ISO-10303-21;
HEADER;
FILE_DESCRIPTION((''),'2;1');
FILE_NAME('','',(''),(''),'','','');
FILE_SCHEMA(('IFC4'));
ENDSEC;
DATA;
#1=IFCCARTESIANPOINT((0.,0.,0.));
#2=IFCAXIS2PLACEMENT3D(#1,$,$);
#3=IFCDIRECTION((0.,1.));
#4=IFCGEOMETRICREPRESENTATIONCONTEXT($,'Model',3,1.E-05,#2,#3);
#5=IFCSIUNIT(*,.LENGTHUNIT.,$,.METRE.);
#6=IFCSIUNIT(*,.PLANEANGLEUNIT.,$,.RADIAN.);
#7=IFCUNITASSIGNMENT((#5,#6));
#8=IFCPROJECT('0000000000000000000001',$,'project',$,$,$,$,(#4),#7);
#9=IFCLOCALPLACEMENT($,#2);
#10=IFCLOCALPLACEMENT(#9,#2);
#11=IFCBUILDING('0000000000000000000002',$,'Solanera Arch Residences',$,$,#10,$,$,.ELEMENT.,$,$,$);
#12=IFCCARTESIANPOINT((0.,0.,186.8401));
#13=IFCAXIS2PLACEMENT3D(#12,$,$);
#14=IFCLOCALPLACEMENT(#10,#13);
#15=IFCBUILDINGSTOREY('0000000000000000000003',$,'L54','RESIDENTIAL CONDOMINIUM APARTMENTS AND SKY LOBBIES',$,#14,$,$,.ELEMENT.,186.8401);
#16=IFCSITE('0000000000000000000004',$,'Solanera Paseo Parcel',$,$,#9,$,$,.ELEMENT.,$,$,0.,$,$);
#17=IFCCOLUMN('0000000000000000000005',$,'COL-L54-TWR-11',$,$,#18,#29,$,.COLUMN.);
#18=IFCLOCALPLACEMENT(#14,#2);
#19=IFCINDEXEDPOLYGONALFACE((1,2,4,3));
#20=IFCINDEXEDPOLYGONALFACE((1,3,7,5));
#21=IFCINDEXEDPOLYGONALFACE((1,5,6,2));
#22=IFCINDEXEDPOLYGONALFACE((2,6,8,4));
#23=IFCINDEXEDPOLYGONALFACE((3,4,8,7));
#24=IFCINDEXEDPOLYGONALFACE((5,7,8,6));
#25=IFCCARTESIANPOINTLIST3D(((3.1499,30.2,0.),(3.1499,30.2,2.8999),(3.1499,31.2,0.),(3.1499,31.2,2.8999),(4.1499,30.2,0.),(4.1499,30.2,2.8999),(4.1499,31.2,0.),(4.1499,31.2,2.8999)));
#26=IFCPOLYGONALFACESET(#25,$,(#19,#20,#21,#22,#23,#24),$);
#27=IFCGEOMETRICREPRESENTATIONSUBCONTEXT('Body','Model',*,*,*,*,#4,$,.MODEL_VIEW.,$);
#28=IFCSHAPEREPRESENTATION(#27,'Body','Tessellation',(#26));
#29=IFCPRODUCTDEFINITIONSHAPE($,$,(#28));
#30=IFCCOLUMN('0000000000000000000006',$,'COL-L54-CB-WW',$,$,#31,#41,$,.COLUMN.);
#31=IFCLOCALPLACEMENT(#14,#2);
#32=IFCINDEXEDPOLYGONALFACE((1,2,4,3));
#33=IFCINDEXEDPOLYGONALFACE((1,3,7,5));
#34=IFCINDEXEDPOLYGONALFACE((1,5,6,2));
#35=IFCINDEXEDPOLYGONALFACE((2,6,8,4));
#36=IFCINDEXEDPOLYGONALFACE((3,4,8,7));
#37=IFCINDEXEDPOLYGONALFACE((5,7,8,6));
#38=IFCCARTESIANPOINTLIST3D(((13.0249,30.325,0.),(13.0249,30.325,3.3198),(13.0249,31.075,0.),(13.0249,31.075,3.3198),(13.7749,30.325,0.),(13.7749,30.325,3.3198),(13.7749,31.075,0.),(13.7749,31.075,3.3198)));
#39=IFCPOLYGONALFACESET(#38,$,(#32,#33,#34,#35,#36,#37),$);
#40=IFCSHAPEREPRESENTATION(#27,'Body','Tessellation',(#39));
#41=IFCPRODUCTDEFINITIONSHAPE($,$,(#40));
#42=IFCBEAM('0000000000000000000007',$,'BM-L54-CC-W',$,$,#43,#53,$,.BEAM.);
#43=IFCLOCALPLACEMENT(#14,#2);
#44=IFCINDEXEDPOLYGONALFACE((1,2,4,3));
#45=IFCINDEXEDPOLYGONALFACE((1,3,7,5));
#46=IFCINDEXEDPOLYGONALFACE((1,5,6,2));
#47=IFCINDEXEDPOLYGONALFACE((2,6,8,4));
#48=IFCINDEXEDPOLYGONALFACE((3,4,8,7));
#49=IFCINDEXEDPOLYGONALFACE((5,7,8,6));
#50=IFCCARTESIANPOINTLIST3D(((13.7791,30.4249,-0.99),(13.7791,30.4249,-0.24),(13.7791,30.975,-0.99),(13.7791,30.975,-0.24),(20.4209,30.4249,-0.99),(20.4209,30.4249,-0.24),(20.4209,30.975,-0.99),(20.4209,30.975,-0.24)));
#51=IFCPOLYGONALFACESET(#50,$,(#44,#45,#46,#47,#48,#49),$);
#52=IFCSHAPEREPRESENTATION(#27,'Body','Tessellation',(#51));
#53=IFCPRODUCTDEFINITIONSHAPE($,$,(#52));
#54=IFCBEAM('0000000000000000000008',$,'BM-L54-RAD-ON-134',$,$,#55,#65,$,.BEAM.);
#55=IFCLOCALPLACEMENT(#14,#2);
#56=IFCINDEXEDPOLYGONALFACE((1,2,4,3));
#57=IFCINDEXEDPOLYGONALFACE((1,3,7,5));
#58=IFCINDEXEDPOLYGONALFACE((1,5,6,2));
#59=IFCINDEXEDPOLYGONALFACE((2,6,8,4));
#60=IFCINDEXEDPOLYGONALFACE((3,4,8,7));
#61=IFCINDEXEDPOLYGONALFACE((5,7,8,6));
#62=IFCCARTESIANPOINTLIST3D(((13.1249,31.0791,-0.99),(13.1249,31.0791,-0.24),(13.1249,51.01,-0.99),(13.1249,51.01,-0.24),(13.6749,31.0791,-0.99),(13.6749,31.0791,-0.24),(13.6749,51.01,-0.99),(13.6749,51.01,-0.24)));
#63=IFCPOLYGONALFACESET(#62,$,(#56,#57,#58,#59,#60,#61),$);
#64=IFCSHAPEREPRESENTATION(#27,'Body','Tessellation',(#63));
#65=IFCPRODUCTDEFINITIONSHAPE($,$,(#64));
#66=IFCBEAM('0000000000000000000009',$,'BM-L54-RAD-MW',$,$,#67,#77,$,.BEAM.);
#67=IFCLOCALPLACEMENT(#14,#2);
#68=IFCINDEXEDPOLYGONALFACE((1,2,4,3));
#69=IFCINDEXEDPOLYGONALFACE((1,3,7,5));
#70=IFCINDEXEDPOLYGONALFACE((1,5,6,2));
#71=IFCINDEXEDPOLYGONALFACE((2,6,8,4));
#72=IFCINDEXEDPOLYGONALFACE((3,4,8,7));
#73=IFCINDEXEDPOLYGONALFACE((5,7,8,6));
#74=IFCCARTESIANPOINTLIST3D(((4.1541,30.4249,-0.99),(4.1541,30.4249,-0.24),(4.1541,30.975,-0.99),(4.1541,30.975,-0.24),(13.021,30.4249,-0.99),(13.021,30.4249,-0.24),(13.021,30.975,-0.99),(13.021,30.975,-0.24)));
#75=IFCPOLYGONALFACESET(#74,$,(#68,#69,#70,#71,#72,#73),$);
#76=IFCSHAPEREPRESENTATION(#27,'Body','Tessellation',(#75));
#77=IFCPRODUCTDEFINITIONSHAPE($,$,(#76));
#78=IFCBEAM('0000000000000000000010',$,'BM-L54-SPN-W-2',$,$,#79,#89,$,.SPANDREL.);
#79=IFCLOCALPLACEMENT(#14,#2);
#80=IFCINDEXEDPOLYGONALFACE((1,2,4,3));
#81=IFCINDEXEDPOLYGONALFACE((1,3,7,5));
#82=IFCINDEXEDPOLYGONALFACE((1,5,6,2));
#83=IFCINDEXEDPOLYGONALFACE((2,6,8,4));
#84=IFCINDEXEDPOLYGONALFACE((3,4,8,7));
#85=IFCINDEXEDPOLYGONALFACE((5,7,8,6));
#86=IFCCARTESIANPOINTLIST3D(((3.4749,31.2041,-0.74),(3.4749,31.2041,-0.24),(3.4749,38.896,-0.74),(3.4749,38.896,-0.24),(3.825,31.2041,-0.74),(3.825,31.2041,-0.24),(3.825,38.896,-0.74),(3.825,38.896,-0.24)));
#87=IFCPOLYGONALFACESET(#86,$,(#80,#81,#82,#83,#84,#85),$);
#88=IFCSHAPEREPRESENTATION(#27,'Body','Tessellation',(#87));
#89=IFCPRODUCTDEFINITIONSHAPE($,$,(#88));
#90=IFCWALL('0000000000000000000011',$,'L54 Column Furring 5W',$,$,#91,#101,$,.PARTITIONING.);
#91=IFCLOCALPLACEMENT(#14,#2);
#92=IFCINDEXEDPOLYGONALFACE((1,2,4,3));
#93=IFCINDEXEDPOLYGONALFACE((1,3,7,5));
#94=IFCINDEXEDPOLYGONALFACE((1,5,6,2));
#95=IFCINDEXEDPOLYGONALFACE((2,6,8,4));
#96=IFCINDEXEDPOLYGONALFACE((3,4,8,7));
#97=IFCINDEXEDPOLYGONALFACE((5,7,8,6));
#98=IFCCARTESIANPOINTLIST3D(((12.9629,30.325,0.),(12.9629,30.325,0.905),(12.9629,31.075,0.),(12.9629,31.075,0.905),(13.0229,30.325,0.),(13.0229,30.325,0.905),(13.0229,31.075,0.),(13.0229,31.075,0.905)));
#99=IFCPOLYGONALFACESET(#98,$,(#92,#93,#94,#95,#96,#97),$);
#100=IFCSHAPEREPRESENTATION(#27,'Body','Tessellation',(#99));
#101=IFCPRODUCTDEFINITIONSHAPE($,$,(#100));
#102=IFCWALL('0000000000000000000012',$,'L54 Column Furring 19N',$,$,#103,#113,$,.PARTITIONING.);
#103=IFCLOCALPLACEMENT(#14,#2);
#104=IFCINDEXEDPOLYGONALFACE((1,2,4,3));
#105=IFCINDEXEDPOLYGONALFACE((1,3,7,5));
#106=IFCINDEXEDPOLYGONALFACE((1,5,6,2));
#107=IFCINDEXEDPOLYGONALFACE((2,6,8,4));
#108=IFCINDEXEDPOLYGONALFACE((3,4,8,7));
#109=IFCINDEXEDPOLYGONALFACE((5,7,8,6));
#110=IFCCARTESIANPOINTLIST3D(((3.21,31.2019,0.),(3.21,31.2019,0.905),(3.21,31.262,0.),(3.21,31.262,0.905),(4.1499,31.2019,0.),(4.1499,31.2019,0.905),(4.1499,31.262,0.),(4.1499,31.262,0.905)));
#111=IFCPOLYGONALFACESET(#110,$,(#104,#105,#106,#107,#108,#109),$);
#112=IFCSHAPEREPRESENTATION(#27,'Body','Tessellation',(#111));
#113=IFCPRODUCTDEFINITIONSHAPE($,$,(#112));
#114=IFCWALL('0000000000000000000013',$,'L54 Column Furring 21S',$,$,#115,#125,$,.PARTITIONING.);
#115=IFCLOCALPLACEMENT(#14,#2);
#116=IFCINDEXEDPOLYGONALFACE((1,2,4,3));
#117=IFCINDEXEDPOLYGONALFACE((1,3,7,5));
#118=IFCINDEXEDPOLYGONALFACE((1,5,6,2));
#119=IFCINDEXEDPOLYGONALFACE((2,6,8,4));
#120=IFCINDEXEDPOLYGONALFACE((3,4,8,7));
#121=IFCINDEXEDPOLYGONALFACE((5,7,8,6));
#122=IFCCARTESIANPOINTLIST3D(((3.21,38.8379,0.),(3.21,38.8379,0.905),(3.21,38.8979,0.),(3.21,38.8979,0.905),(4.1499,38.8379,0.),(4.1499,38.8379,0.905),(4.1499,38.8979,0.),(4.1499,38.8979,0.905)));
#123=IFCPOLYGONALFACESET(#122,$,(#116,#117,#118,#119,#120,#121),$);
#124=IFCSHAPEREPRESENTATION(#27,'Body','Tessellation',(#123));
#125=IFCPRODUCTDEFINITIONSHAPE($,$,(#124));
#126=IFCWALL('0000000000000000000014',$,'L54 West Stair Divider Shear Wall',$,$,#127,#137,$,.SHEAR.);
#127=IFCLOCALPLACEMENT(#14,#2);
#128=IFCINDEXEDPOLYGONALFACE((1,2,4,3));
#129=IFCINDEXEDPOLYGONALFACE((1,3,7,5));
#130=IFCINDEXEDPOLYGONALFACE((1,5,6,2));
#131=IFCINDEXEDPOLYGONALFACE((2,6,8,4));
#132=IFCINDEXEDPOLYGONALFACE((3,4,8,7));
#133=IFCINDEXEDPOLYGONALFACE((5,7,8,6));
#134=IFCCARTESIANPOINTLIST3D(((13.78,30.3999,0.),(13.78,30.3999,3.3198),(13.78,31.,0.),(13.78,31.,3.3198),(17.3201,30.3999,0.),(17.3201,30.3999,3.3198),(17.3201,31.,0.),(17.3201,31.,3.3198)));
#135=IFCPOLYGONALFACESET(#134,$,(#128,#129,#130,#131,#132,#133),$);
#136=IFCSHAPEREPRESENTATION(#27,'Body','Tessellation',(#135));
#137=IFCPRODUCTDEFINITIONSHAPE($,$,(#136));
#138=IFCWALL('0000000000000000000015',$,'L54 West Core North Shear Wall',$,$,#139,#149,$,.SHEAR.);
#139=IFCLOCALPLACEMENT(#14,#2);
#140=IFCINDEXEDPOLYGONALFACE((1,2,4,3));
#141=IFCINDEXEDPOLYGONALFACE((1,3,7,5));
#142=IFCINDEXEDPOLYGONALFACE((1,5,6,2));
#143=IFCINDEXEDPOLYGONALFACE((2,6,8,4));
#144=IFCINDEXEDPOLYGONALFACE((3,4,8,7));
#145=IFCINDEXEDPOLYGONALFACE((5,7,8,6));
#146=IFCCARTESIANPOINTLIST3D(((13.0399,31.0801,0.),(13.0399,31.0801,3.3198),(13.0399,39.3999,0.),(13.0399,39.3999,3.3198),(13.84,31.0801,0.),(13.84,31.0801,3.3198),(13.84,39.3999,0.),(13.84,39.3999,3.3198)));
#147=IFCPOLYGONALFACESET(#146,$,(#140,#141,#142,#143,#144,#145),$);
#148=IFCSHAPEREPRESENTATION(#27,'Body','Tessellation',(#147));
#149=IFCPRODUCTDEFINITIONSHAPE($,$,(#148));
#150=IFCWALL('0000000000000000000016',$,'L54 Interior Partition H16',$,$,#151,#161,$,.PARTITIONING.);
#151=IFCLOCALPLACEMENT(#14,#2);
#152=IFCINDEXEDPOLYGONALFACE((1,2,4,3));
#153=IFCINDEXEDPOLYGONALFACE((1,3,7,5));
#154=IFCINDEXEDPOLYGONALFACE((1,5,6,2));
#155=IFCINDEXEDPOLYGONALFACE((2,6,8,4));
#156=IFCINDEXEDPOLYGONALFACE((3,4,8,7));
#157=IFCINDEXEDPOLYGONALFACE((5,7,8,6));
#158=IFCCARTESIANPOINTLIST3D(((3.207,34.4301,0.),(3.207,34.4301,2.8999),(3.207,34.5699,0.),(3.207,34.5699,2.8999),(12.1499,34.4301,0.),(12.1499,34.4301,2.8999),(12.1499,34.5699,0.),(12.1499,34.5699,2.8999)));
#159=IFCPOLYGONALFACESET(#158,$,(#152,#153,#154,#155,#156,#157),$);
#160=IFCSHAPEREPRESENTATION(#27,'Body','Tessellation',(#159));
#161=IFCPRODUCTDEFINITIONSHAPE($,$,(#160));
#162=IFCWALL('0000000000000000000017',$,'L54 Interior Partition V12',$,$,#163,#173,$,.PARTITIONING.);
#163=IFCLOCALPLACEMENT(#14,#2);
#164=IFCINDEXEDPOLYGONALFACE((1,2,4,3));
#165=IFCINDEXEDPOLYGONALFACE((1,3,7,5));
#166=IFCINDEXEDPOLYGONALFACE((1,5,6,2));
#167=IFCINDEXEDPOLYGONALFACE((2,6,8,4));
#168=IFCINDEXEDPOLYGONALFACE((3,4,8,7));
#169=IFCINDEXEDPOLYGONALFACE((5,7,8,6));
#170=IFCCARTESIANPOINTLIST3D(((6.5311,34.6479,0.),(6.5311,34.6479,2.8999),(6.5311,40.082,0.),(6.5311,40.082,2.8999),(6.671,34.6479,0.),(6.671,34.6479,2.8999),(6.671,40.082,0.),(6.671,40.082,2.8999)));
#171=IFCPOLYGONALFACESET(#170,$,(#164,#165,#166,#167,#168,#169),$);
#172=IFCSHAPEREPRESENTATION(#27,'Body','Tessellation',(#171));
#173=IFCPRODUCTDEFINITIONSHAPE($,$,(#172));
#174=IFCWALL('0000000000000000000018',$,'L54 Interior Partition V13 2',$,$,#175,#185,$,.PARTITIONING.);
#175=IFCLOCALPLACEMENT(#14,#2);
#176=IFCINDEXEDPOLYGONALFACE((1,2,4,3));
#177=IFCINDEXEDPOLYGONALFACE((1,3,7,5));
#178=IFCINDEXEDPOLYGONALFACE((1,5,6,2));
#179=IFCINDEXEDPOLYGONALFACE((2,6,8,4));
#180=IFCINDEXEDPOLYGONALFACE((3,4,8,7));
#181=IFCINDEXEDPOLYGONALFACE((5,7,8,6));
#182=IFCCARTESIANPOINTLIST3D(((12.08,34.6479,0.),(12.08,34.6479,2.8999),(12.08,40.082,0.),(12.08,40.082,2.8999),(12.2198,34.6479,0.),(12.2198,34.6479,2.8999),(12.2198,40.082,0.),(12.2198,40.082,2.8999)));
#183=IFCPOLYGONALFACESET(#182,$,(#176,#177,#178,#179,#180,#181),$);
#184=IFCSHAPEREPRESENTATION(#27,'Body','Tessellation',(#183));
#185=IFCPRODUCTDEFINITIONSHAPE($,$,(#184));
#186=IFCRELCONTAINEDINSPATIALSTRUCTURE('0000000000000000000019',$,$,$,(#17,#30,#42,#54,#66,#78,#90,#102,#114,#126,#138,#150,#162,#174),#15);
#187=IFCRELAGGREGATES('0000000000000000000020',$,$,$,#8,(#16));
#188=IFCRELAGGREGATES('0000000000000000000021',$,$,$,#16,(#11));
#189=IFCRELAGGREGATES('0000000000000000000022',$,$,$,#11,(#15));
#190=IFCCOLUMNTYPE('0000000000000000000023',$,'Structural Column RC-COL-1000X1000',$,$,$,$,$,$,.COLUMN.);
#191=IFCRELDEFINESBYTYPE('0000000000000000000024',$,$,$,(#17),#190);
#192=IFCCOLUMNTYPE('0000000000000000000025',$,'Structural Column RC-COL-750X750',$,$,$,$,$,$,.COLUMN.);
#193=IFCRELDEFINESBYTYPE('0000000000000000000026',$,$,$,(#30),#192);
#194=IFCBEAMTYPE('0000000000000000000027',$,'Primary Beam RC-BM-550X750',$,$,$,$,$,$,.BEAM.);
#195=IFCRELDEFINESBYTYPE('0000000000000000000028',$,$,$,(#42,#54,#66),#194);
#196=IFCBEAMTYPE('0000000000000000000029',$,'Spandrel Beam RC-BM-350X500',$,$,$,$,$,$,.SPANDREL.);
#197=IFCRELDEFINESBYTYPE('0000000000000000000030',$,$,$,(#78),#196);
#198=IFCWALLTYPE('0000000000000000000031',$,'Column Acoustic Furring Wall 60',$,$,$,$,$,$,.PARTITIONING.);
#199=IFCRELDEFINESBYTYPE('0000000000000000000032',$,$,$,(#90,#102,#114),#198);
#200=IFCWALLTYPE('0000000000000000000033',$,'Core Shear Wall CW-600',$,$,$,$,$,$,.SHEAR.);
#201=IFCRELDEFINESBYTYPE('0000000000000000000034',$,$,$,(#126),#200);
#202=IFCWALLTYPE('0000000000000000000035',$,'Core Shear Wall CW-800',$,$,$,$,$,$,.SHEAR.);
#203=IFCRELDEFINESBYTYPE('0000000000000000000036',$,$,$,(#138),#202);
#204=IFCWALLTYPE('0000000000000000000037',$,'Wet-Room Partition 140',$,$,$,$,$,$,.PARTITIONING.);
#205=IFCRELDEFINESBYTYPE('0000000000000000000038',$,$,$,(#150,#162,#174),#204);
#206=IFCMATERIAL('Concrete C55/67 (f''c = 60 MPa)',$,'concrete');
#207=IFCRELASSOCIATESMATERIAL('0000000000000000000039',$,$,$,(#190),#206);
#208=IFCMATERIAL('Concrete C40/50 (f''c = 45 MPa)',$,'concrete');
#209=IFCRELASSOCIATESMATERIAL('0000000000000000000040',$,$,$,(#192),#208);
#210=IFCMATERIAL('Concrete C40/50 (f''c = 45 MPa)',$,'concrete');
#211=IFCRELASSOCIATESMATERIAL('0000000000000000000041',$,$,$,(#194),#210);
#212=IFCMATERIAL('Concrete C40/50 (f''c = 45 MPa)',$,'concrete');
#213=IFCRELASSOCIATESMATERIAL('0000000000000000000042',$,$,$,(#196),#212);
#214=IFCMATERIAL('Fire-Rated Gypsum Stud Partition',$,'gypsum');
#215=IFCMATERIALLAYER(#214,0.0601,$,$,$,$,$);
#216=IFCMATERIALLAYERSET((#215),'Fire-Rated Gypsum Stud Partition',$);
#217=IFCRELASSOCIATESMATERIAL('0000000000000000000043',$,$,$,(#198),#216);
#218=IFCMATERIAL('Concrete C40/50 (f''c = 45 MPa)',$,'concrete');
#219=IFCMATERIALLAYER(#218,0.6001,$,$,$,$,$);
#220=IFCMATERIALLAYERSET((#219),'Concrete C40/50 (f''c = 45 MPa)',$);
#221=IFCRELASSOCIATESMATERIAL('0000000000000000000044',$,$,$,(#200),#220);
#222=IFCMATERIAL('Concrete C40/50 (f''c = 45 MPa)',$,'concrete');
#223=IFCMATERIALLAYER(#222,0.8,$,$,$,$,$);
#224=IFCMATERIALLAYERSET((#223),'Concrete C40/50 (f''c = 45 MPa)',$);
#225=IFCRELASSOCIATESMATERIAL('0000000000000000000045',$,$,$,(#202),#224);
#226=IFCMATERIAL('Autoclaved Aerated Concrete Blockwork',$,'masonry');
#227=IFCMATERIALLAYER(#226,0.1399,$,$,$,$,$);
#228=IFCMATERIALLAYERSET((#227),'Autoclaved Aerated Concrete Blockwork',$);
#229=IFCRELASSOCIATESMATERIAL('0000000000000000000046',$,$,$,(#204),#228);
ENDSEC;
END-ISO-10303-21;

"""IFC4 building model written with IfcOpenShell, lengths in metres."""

from ifc_helpers import new_model, si_unit, direction, frame, frame_2d, origin, origin_2d, place, context, subcontext, project, spatial, rectangle, extrude, material, layer, layer_set, material_profile, profile_set, type_object, element, save


model = new_model("IFC4")

# Units and contexts
model_context = context("Model", 3, precision=1e-05, world=origin(), true_north=direction((0.0, 1.0)))
body_context = subcontext(model_context, "Body", "Model", "MODEL_VIEW")
ifc_project = project(units=[si_unit("LENGTHUNIT", "METRE"), si_unit("PLANEANGLEUNIT", "RADIAN")], contexts=[model_context])

# Site, building, storey
site_placement = place(None, origin())
site = spatial("IfcSite", under=ifc_project, at=site_placement, Name="Solanera Paseo Parcel", CompositionType="ELEMENT", RefElevation=0.0)
building_placement = place(site_placement, origin())
building = spatial("IfcBuilding", under=site, at=building_placement, Name="Solanera Arch Residences", CompositionType="ELEMENT")
storey_placement = place(building_placement, frame((0.0, 0.0, 186.8401)))
storey = spatial("IfcBuildingStorey", under=building, at=storey_placement, Name="L54", Description="RESIDENTIAL CONDOMINIUM APARTMENTS AND SKY LOBBIES", CompositionType="ELEMENT", Elevation=186.8401)

# Columns
ifc_material_1 = material(Name="Concrete C55/67 (f'c = 60 MPa)", Category="concrete")
ifc_material_profile_1 = material_profile(ifc_material_1, rectangle(XDim=1.0, YDim=1.0, at=origin_2d()))
ifc_profile_set_1 = profile_set([ifc_material_profile_1], Name="Concrete C55/67 (f'c = 60 MPa)")
column_type_1 = type_object("IfcColumnType", Name="Structural Column RC-COL-1000X1000", PredefinedType="COLUMN", material=ifc_profile_set_1)
column_1_placement = place(storey_placement, frame((3.6499, 30.7, 0.0), z_axis=(0.0, 0.0, 1.0), x_axis=(1.0, 0.0, 0.0)))
element("IfcColumn", 1, at=column_1_placement, inside=storey, type_object=column_type_1, Name="COL-L54-TWR-11", PredefinedType="COLUMN", context=body_context, shape_type="SweptSolid", body=[
    extrude(rectangle(XDim=1.0, YDim=1.0, at=origin_2d()), origin(), (0.0, 0.0, 1.0), 2.8999),
])
ifc_material_2 = material(Name="Concrete C40/50 (f'c = 45 MPa)", Category="concrete")
ifc_material_profile_2 = material_profile(ifc_material_2, rectangle(XDim=0.75, YDim=0.75, at=origin_2d()))
ifc_profile_set_2 = profile_set([ifc_material_profile_2], Name="Concrete C40/50 (f'c = 45 MPa)")
column_type_2 = type_object("IfcColumnType", Name="Structural Column RC-COL-750X750", PredefinedType="COLUMN", material=ifc_profile_set_2)
column_2_placement = place(storey_placement, frame((13.3999, 30.7, 0.0), z_axis=(0.0, 0.0, 1.0), x_axis=(1.0, 0.0, 0.0)))
element("IfcColumn", 2, at=column_2_placement, inside=storey, type_object=column_type_2, Name="COL-L54-CB-WW", PredefinedType="COLUMN", context=body_context, shape_type="SweptSolid", body=[
    extrude(rectangle(XDim=0.75, YDim=0.75, at=origin_2d()), origin(), (0.0, 0.0, 1.0), 3.3198),
])

# Beams
ifc_material_3 = material(Name="Concrete C40/50 (f'c = 45 MPa)", Category="concrete")
ifc_material_profile_3 = material_profile(ifc_material_3, rectangle(XDim=0.55, YDim=0.75, at=origin_2d()))
ifc_profile_set_3 = profile_set([ifc_material_profile_3], Name="Concrete C40/50 (f'c = 45 MPa)")
beam_type_1 = type_object("IfcBeamType", Name="Primary Beam RC-BM-550X750", PredefinedType="BEAM", material=ifc_profile_set_3)
beam_1_placement = place(storey_placement, frame((13.7791, 30.7, -0.615), z_axis=(1.0, 0.0, 0.0), x_axis=(0.0, 1.0, 0.0)))
element("IfcBeam", 3, at=beam_1_placement, inside=storey, type_object=beam_type_1, Name="BM-L54-CC-W", PredefinedType="BEAM", context=body_context, shape_type="SweptSolid", body=[
    extrude(rectangle(XDim=0.55, YDim=0.75, at=origin_2d()), origin(), (0.0, 0.0, 1.0), 6.6418),
])
beam_2_placement = place(storey_placement, frame((13.3999, 31.0791, -0.615), z_axis=(0.0, 1.0, 0.0), x_axis=(-1.0, 0.0, 0.0)))
element("IfcBeam", 4, at=beam_2_placement, inside=storey, type_object=beam_type_1, Name="BM-L54-RAD-ON-134", PredefinedType="BEAM", context=body_context, shape_type="SweptSolid", body=[
    extrude(rectangle(XDim=0.55, YDim=0.75, at=origin_2d()), origin(), (0.0, 0.0, 1.0), 19.9309),
])
beam_3_placement = place(storey_placement, frame((4.1541, 30.7, -0.615), z_axis=(1.0, 0.0, 0.0), x_axis=(0.0, 1.0, 0.0)))
element("IfcBeam", 5, at=beam_3_placement, inside=storey, type_object=beam_type_1, Name="BM-L54-RAD-MW", PredefinedType="BEAM", context=body_context, shape_type="SweptSolid", body=[
    extrude(rectangle(XDim=0.55, YDim=0.75, at=origin_2d()), origin(), (0.0, 0.0, 1.0), 8.8669),
])
ifc_material_4 = material(Name="Concrete C40/50 (f'c = 45 MPa)", Category="concrete")
ifc_material_profile_4 = material_profile(ifc_material_4, rectangle(XDim=0.3501, YDim=0.5, at=origin_2d()))
ifc_profile_set_4 = profile_set([ifc_material_profile_4], Name="Concrete C40/50 (f'c = 45 MPa)")
beam_type_2 = type_object("IfcBeamType", Name="Spandrel Beam RC-BM-350X500", PredefinedType="SPANDREL", material=ifc_profile_set_4)
beam_4_placement = place(storey_placement, frame((3.6499, 31.2041, -0.49), z_axis=(0.0, 1.0, 0.0), x_axis=(-1.0, 0.0, 0.0)))
element("IfcBeam", 6, at=beam_4_placement, inside=storey, type_object=beam_type_2, Name="BM-L54-SPN-W-2", PredefinedType="SPANDREL", context=body_context, shape_type="SweptSolid", body=[
    extrude(rectangle(XDim=0.3501, YDim=0.5, at=origin_2d()), origin(), (0.0, 0.0, 1.0), 7.6919),
])

# Walls
ifc_material_5 = material(Name="Fire-Rated Gypsum Stud Partition", Category="gypsum")
ifc_layer_1 = layer(ifc_material_5, 0.0601)
ifc_layer_set_1 = layer_set([ifc_layer_1], Name="Fire-Rated Gypsum Stud Partition")
wall_type_1 = type_object("IfcWallType", Name="Column Acoustic Furring Wall 60", PredefinedType="PARTITIONING", material=ifc_layer_set_1)
wall_1_placement = place(storey_placement, frame((12.9929, 30.325, 0.0), z_axis=(0.0, 0.0, 1.0), x_axis=(0.0, 1.0, 0.0)))
element("IfcWall", 7, at=wall_1_placement, inside=storey, type_object=wall_type_1, Name="L54 Column Furring 5W", PredefinedType="PARTITIONING", context=body_context, shape_type="SweptSolid", body=[
    extrude(rectangle(XDim=0.75, YDim=0.0601, at=frame_2d((0.375, 0.0))), origin(), (0.0, 0.0, 1.0), 0.905),
])
for number, where, z_axis, x_axis, name in (
    (8, (3.21, 31.2319, 0.0), (0.0, 0.0, 1.0), (1.0, 0.0, 0.0), "L54 Column Furring 19N"),
    (9, (3.21, 38.8679, 0.0), (0.0, 0.0, 1.0), (1.0, 0.0, 0.0), "L54 Column Furring 21S"),
):
    element("IfcWall", number, at=place(storey_placement, frame(where, z_axis=z_axis, x_axis=x_axis)), inside=storey, type_object=wall_type_1, Name=name, PredefinedType="PARTITIONING", context=body_context, shape_type="SweptSolid", body=[
        extrude(rectangle(XDim=0.9399, YDim=0.0601, at=frame_2d((0.47, 0.0))), origin(), (0.0, 0.0, 1.0), 0.905),
    ])
ifc_material_6 = material(Name="Concrete C40/50 (f'c = 45 MPa)", Category="concrete")
ifc_layer_2 = layer(ifc_material_6, 0.6001)
ifc_layer_set_2 = layer_set([ifc_layer_2], Name="Concrete C40/50 (f'c = 45 MPa)")
wall_type_2 = type_object("IfcWallType", Name="Core Shear Wall CW-600", PredefinedType="SHEAR", material=ifc_layer_set_2)
wall_2_placement = place(storey_placement, frame((13.78, 30.7, 0.0), z_axis=(0.0, 0.0, 1.0), x_axis=(1.0, 0.0, 0.0)))
element("IfcWall", 10, at=wall_2_placement, inside=storey, type_object=wall_type_2, Name="L54 West Stair Divider Shear Wall", PredefinedType="SHEAR", context=body_context, shape_type="SweptSolid", body=[
    extrude(rectangle(XDim=3.54, YDim=0.6001, at=frame_2d((1.77, 0.0))), origin(), (0.0, 0.0, 1.0), 3.3198),
])
ifc_material_7 = material(Name="Concrete C40/50 (f'c = 45 MPa)", Category="concrete")
ifc_layer_3 = layer(ifc_material_7, 0.8)
ifc_layer_set_3 = layer_set([ifc_layer_3], Name="Concrete C40/50 (f'c = 45 MPa)")
wall_type_3 = type_object("IfcWallType", Name="Core Shear Wall CW-800", PredefinedType="SHEAR", material=ifc_layer_set_3)
wall_3_placement = place(storey_placement, frame((13.4399, 31.0801, 0.0), z_axis=(0.0, 0.0, 1.0), x_axis=(0.0, 1.0, 0.0)))
element("IfcWall", 11, at=wall_3_placement, inside=storey, type_object=wall_type_3, Name="L54 West Core North Shear Wall", PredefinedType="SHEAR", context=body_context, shape_type="SweptSolid", body=[
    extrude(rectangle(XDim=8.3198, YDim=0.8, at=frame_2d((4.1599, 0.0))), origin(), (0.0, 0.0, 1.0), 3.3198),
])
ifc_material_8 = material(Name="Autoclaved Aerated Concrete Blockwork", Category="masonry")
ifc_layer_4 = layer(ifc_material_8, 0.1399)
ifc_layer_set_4 = layer_set([ifc_layer_4], Name="Autoclaved Aerated Concrete Blockwork")
wall_type_4 = type_object("IfcWallType", Name="Wet-Room Partition 140", PredefinedType="PARTITIONING", material=ifc_layer_set_4)
wall_4_placement = place(storey_placement, frame((3.207, 34.5, 0.0), z_axis=(0.0, 0.0, 1.0), x_axis=(1.0, 0.0, 0.0)))
element("IfcWall", 12, at=wall_4_placement, inside=storey, type_object=wall_type_4, Name="L54 Interior Partition H16", PredefinedType="PARTITIONING", context=body_context, shape_type="SweptSolid", body=[
    extrude(rectangle(XDim=8.9429, YDim=0.1399, at=frame_2d((4.4714, 0.0))), origin(), (0.0, 0.0, 1.0), 2.8999),
])
for number, where, z_axis, x_axis, name in (
    (13, (6.6011, 34.6479, 0.0), (0.0, 0.0, 1.0), (0.0, 1.0, 0.0), "L54 Interior Partition V12"),
    (14, (12.1499, 34.6479, 0.0), (0.0, 0.0, 1.0), (0.0, 1.0, 0.0), "L54 Interior Partition V13 2"),
):
    element("IfcWall", number, at=place(storey_placement, frame(where, z_axis=z_axis, x_axis=x_axis)), inside=storey, type_object=wall_type_4, Name=name, PredefinedType="PARTITIONING", context=body_context, shape_type="SweptSolid", body=[
        extrude(rectangle(XDim=5.4341, YDim=0.1399, at=frame_2d((2.717, 0.0))), origin(), (0.0, 0.0, 1.0), 2.8999),
    ])

save(model, "model.ifc")
